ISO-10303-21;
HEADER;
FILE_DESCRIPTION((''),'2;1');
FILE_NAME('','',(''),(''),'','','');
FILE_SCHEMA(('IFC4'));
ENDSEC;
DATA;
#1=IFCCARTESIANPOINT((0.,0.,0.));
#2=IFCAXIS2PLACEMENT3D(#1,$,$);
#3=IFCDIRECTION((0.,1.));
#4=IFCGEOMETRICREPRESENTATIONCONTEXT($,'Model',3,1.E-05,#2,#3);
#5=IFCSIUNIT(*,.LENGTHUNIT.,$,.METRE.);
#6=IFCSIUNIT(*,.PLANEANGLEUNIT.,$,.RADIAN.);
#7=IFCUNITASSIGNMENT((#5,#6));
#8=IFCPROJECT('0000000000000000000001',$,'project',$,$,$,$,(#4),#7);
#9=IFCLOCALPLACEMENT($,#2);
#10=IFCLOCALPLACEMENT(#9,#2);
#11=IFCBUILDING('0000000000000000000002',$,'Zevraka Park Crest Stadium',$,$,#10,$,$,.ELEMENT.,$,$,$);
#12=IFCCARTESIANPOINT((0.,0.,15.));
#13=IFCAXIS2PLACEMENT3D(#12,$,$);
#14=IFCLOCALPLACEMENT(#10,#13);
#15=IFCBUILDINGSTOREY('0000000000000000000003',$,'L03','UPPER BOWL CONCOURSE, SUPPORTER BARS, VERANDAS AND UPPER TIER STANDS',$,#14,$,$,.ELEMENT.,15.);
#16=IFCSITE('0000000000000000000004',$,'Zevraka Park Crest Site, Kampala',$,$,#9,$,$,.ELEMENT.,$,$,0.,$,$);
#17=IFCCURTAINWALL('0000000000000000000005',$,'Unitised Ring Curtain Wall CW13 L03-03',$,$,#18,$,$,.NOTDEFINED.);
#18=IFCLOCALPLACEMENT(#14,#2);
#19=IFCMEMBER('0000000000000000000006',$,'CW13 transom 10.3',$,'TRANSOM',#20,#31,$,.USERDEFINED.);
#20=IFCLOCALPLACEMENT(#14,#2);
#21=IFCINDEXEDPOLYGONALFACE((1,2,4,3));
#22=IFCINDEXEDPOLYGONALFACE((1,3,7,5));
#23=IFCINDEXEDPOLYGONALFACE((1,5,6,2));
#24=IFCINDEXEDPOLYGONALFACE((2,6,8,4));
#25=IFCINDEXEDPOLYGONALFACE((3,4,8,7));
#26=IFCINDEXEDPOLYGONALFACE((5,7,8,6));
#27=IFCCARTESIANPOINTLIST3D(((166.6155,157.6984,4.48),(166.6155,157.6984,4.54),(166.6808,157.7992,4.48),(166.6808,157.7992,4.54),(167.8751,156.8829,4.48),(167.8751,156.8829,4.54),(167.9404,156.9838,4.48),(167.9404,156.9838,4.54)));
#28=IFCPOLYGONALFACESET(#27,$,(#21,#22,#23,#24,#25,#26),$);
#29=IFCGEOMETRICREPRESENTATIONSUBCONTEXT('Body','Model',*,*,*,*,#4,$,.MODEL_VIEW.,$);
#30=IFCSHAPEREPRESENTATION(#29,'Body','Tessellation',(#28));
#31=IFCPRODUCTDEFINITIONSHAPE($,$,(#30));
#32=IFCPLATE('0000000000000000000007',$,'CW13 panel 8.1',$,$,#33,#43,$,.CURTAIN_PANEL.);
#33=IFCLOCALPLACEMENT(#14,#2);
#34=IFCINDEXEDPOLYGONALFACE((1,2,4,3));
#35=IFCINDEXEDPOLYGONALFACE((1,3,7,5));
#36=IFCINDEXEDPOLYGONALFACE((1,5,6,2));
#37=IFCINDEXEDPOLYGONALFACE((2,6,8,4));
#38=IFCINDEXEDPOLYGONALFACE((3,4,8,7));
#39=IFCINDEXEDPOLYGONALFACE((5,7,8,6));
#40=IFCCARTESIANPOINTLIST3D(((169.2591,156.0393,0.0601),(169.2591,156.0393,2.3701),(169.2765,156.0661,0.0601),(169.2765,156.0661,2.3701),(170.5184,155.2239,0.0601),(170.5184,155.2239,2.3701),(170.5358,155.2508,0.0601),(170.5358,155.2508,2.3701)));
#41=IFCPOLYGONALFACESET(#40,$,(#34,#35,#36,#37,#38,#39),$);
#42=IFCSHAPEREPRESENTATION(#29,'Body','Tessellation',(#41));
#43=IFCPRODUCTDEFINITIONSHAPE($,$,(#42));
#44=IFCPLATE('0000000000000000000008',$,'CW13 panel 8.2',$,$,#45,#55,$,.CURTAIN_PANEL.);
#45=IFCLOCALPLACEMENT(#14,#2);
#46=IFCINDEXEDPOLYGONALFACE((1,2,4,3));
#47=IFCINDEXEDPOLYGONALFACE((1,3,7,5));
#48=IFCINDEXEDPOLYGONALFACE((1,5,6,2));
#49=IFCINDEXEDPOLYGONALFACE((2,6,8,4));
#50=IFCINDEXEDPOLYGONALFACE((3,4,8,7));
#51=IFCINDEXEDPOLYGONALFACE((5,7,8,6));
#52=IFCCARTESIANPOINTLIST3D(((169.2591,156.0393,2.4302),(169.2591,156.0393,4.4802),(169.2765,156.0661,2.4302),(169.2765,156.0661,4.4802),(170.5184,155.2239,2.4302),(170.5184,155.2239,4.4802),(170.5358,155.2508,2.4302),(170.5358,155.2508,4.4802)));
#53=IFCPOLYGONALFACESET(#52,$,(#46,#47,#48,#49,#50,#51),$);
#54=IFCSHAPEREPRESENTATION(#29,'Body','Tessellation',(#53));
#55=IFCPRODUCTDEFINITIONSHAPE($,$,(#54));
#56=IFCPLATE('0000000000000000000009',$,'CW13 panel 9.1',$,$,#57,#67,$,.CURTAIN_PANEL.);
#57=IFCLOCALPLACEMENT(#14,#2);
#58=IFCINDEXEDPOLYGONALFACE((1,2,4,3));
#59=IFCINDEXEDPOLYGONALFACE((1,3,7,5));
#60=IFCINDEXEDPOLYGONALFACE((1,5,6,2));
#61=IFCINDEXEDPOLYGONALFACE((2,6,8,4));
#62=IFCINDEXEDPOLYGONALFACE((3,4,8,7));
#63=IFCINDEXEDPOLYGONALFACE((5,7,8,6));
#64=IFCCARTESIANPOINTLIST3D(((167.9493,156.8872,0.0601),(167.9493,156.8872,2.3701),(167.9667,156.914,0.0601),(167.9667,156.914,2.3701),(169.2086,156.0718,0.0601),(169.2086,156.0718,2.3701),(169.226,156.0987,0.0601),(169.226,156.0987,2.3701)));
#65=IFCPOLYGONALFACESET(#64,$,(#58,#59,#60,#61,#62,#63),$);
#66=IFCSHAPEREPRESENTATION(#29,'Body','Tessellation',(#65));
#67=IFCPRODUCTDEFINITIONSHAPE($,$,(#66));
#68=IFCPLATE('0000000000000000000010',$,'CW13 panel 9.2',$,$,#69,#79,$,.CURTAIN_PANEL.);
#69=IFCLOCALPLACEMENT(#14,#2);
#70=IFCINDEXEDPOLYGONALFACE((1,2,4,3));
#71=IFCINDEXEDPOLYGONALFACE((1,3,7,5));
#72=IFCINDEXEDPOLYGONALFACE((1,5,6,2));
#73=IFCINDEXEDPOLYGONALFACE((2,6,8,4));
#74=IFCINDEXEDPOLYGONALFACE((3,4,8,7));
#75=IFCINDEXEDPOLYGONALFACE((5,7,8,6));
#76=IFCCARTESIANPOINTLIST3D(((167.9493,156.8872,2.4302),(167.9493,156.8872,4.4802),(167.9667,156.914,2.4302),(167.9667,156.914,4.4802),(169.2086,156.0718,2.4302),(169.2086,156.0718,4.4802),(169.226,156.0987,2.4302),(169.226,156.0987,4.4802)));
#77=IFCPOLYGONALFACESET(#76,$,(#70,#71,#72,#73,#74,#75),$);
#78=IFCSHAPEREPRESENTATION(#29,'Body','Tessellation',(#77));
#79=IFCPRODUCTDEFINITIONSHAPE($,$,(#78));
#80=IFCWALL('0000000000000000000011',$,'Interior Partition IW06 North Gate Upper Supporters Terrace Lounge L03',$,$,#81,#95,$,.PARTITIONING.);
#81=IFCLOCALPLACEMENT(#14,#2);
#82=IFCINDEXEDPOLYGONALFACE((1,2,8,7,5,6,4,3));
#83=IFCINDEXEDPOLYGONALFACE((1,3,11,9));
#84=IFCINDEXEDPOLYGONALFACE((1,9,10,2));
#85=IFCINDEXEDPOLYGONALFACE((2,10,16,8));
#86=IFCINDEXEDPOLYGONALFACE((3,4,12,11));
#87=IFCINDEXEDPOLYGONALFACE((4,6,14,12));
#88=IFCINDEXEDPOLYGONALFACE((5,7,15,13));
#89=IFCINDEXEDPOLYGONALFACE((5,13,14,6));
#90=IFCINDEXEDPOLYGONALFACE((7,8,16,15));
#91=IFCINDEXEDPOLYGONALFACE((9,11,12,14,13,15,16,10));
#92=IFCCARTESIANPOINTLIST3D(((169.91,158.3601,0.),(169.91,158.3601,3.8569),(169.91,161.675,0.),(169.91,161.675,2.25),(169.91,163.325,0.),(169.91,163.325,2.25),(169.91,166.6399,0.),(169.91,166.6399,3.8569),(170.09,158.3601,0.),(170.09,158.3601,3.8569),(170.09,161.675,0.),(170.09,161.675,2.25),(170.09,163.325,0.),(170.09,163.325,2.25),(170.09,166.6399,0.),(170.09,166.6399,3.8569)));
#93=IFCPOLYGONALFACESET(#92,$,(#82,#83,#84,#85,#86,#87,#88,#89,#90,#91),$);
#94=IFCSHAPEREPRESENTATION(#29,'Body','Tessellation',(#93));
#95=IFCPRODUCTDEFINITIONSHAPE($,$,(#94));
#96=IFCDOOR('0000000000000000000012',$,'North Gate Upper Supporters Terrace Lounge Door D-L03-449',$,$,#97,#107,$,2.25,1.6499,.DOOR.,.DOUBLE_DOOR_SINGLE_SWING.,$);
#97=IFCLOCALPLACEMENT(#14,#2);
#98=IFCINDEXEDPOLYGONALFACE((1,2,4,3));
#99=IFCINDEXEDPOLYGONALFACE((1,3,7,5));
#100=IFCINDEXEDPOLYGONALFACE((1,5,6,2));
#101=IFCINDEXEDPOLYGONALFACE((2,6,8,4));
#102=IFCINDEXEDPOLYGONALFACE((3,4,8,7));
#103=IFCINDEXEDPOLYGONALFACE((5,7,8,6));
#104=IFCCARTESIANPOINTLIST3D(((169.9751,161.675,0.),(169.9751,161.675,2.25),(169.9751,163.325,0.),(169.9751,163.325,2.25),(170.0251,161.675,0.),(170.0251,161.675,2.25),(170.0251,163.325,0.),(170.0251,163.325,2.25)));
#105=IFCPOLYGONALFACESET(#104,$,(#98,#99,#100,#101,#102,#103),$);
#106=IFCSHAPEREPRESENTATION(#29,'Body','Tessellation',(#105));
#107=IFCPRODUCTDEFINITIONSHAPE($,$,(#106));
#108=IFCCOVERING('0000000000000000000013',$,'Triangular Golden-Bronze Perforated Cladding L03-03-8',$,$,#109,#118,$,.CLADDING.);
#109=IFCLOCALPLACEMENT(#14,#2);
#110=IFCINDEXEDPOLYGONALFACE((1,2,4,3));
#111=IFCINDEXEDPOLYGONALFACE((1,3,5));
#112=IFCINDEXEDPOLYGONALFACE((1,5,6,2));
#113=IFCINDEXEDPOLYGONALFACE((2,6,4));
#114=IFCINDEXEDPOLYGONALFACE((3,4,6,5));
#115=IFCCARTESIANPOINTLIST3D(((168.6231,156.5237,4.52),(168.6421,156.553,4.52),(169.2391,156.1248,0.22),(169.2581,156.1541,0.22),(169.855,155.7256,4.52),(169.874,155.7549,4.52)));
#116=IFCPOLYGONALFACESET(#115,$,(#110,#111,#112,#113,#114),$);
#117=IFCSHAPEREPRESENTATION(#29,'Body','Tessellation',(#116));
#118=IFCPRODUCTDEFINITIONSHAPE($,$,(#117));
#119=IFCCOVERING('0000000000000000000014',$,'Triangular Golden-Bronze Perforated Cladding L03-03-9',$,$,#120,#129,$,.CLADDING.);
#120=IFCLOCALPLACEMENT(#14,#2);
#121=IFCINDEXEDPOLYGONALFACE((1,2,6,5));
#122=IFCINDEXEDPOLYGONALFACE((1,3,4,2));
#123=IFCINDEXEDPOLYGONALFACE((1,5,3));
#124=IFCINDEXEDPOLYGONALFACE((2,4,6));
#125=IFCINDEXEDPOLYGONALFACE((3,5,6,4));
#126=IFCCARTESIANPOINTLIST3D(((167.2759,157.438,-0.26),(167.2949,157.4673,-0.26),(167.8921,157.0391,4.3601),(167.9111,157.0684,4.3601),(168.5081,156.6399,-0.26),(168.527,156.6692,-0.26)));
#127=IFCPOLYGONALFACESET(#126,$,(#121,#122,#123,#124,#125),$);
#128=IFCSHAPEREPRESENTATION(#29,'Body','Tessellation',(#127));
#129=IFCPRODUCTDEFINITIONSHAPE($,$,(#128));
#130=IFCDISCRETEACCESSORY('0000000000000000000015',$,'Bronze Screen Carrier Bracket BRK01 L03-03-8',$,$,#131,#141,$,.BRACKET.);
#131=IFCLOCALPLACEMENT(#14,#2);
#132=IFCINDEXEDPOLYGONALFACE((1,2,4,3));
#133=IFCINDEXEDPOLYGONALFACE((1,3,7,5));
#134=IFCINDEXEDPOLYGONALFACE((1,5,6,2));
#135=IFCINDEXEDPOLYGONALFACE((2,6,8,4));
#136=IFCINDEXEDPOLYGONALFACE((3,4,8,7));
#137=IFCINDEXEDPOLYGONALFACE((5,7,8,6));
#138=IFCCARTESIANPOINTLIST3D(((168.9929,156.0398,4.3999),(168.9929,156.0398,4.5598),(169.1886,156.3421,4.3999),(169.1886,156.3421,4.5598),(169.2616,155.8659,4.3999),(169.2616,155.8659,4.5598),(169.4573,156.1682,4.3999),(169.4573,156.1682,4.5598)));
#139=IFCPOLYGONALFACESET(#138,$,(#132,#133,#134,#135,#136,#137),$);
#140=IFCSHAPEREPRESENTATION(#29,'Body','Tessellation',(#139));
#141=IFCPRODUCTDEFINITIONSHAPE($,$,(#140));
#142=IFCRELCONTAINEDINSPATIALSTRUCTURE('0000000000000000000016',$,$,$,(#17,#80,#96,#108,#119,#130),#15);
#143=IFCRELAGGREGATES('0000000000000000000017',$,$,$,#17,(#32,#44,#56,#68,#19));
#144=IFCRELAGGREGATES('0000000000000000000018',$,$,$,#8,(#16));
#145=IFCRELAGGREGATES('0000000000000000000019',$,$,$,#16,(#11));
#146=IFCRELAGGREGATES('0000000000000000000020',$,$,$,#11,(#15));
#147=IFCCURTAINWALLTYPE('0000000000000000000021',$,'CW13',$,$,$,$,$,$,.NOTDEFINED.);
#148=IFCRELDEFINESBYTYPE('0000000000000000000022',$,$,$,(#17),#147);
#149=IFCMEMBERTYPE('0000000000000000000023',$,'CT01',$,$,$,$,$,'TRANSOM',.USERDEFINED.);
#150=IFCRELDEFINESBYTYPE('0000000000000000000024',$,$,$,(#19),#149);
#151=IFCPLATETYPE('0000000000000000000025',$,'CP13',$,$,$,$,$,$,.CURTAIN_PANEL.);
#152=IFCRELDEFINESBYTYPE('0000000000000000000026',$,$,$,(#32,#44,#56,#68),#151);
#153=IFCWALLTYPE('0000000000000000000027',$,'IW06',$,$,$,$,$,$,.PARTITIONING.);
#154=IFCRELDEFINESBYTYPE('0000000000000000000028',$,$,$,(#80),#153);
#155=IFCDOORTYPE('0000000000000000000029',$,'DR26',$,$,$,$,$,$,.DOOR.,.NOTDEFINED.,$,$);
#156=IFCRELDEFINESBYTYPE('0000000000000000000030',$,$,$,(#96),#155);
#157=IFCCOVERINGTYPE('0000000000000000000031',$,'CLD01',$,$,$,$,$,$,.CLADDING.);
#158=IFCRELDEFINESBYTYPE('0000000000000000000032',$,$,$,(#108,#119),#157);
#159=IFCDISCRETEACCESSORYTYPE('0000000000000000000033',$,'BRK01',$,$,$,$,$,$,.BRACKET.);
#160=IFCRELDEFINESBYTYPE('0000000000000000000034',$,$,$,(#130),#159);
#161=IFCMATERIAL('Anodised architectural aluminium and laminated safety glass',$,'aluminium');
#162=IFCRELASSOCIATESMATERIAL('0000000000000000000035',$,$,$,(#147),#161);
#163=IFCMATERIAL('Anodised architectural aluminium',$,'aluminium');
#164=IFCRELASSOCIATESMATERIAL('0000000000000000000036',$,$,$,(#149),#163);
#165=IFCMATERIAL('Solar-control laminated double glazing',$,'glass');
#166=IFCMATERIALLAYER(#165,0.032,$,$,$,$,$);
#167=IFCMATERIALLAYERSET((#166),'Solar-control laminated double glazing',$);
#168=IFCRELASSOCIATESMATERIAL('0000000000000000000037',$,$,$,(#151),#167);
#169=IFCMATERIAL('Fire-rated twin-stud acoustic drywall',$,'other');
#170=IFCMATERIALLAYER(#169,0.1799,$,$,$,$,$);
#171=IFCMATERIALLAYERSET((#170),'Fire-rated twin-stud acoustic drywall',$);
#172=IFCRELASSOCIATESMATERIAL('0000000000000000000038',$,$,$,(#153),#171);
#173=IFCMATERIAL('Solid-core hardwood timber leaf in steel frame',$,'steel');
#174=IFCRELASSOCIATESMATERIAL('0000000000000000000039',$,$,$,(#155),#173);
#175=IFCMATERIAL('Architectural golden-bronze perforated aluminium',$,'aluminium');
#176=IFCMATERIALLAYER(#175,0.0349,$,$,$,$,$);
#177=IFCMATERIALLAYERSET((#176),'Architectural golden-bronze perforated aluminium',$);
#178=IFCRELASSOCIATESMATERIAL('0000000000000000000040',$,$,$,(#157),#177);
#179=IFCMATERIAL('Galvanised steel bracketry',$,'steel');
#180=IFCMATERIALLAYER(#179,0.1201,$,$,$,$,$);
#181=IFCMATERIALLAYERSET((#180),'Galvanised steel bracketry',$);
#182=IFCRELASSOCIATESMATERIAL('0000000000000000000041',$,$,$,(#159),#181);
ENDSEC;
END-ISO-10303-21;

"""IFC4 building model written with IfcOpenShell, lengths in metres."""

from ifc_helpers import new_model, si_unit, direction, frame, frame_2d, origin, origin_2d, place, context, subcontext, project, spatial, polyline, rectangle, outline, extrude, material, layer, layer_set, material_profile, profile_set, type_object, element, fill, aggregate, save


model = new_model("IFC4")

# Units and contexts
model_context = context("Model", 3, precision=1e-05, world=origin(), true_north=direction((0.0, 1.0)))
body_context = subcontext(model_context, "Body", "Model", "MODEL_VIEW")
ifc_project = project(units=[si_unit("LENGTHUNIT", "METRE"), si_unit("PLANEANGLEUNIT", "RADIAN")], contexts=[model_context])

# Site, building, storey
site_placement = place(None, origin())
site = spatial("IfcSite", under=ifc_project, at=site_placement, Name="Zevraka Park Crest Site, Kampala", CompositionType="ELEMENT", RefElevation=0.0)
building_placement = place(site_placement, origin())
building = spatial("IfcBuilding", under=site, at=building_placement, Name="Zevraka Park Crest Stadium", CompositionType="ELEMENT")
storey_placement = place(building_placement, frame((0.0, 0.0, 15.0)))
storey = spatial("IfcBuildingStorey", under=building, at=storey_placement, Name="L03", Description="UPPER BOWL CONCOURSE, SUPPORTER BARS, VERANDAS AND UPPER TIER STANDS", CompositionType="ELEMENT", Elevation=15.0)

# Curtain wall, member, plates
ifc_material_1 = material(Name="Anodised architectural aluminium and laminated safety glass", Category="aluminium")
curtain_wall_type = type_object("IfcCurtainWallType", Name="CW13", PredefinedType="NOTDEFINED", material=ifc_material_1)
curtain_wall_placement = place(storey_placement, origin())
curtain_wall = element("IfcCurtainWall", 1, at=curtain_wall_placement, inside=storey, type_object=curtain_wall_type, Name="Unitised Ring Curtain Wall CW13 L03-03", PredefinedType="NOTDEFINED")
ifc_material_2 = material(Name="Anodised architectural aluminium", Category="aluminium")
ifc_material_profile_1 = material_profile(ifc_material_2, rectangle(XDim=0.1201, YDim=0.0601, at=origin_2d()), Name="ALU TRANSOM 120x60")
ifc_profile_set_1 = profile_set([ifc_material_profile_1], Name="Anodised architectural aluminium")
member_type_1 = type_object("IfcMemberType", Name="CT01", ElementType="TRANSOM", PredefinedType="USERDEFINED", material=ifc_profile_set_1)
member_1_placement = place(storey_placement, frame((167.9077, 156.9333, 4.51), z_axis=(-0.839435, 0.54346, 0.0), x_axis=(-0.54346, -0.839435, 0.0)))
member_1 = element("IfcMember", 2, at=member_1_placement, type_object=member_type_1, Name="CW13 transom 10.3", ObjectType="TRANSOM", PredefinedType="USERDEFINED", context=body_context, shape_type="SweptSolid", body=[
    extrude(rectangle(XDim=0.1201, YDim=0.0601, at=origin_2d()), origin(), (0.0, 0.0, 1.0), 1.5005),
])
ifc_material_3 = material(Name="Solar-control laminated double glazing", Category="glass")
ifc_layer_1 = layer(ifc_material_3, 0.032)
ifc_layer_set_1 = layer_set([ifc_layer_1], Name="Solar-control laminated double glazing")
plate_type = type_object("IfcPlateType", Name="CP13", PredefinedType="CURTAIN_PANEL", material=ifc_layer_set_1)
plate_1_placement = place(storey_placement, frame((169.8975, 155.645, 0.0601), z_axis=(0.0, 0.0, 1.0), x_axis=(-0.839429, 0.543469, 0.0)))
plate_1 = element("IfcPlate", 3, at=plate_1_placement, type_object=plate_type, Name="CW13 panel 8.1", PredefinedType="CURTAIN_PANEL", context=body_context, shape_type="SweptSolid", body=[
    extrude(rectangle(XDim=1.5002, YDim=0.032, at=origin_2d()), origin(), (0.0, 0.0, 1.0), 2.3101),
])
plate_2_placement = place(storey_placement, frame((169.8975, 155.645, 2.4302), z_axis=(0.0, 0.0, 1.0), x_axis=(-0.839429, 0.543469, 0.0)))
plate_2 = element("IfcPlate", 4, at=plate_2_placement, type_object=plate_type, Name="CW13 panel 8.2", PredefinedType="CURTAIN_PANEL", context=body_context, shape_type="SweptSolid", body=[
    extrude(rectangle(XDim=1.5002, YDim=0.032, at=origin_2d()), origin(), (0.0, 0.0, 1.0), 2.05),
])
plate_3_placement = place(storey_placement, frame((168.5876, 156.4929, 0.0601), z_axis=(0.0, 0.0, 1.0), x_axis=(-0.839429, 0.543469, 0.0)))
plate_3 = element("IfcPlate", 5, at=plate_3_placement, type_object=plate_type, Name="CW13 panel 9.1", PredefinedType="CURTAIN_PANEL", context=body_context, shape_type="SweptSolid", body=[
    extrude(rectangle(XDim=1.5002, YDim=0.032, at=origin_2d()), origin(), (0.0, 0.0, 1.0), 2.3101),
])
plate_4_placement = place(storey_placement, frame((168.5876, 156.4929, 2.4302), z_axis=(0.0, 0.0, 1.0), x_axis=(-0.839429, 0.543469, 0.0)))
plate_4 = element("IfcPlate", 6, at=plate_4_placement, type_object=plate_type, Name="CW13 panel 9.2", PredefinedType="CURTAIN_PANEL", context=body_context, shape_type="SweptSolid", body=[
    extrude(rectangle(XDim=1.5002, YDim=0.032, at=origin_2d()), origin(), (0.0, 0.0, 1.0), 2.05),
])
aggregate(curtain_wall, [plate_1, plate_2, plate_3, plate_4, member_1])

# Wall, opening, door
ifc_material_4 = material(Name="Fire-rated twin-stud acoustic drywall", Category="other")
ifc_layer_2 = layer(ifc_material_4, 0.1799)
ifc_layer_set_2 = layer_set([ifc_layer_2], Name="Fire-rated twin-stud acoustic drywall")
wall_type = type_object("IfcWallType", Name="IW06", PredefinedType="PARTITIONING", material=ifc_layer_set_2)
wall_placement = place(storey_placement, frame((170.0, 158.3601, 0.0), z_axis=(0.0, 0.0, 1.0), x_axis=(0.0, 1.0, 0.0)))
wall = element("IfcWall", 7, at=wall_placement, inside=storey, type_object=wall_type, Name="Interior Partition IW06 North Gate Upper Supporters Terrace Lounge L03", PredefinedType="PARTITIONING", context=body_context, shape_type="SweptSolid", body=[
    extrude(rectangle(XDim=8.2798, YDim=0.1799, at=frame_2d((4.1399, 0.0))), origin(), (0.0, 0.0, 1.0), 3.8569),
])
opening_placement = place(wall_placement, frame((3.3149, 0.0, 0.0)))
opening = element("IfcOpeningElement", 8, at=opening_placement, cuts=wall, PredefinedType="OPENING", context=body_context, shape_type="SweptSolid", body=[
    extrude(rectangle(XDim=1.6499, YDim=2.25, at=frame_2d((0.825, 1.125))), frame((0.0, 0.0999, 0.0), z_axis=(0.0, -1.0, 0.0), x_axis=(1.0, 0.0, 0.0)), (0.0, 0.0, 1.0), 0.2),
])
ifc_material_5 = material(Name="Solid-core hardwood timber leaf in steel frame", Category="steel")
door_type = type_object("IfcDoorType", Name="DR26", OperationType="NOTDEFINED", PredefinedType="DOOR", material=ifc_material_5)
door_placement = place(opening_placement, origin())
door = element("IfcDoor", 9, at=door_placement, inside=storey, type_object=door_type, Name="North Gate Upper Supporters Terrace Lounge Door D-L03-449", OperationType="DOUBLE_DOOR_SINGLE_SWING", OverallHeight=2.25, OverallWidth=1.6499, PredefinedType="DOOR", context=body_context, shape_type="SweptSolid", body=[
    extrude(rectangle(XDim=1.6499, YDim=2.25, at=frame_2d((0.825, 1.125))), frame((0.0, 0.0249, 0.0), z_axis=(0.0, -1.0, 0.0), x_axis=(1.0, 0.0, 0.0)), (0.0, 0.0, 1.0), 0.05),
])
fill(opening, door)

# Coverings
ifc_material_6 = material(Name="Architectural golden-bronze perforated aluminium", Category="aluminium")
ifc_layer_3 = layer(ifc_material_6, 0.0349)
ifc_layer_set_3 = layer_set([ifc_layer_3], Name="Architectural golden-bronze perforated aluminium")
covering_type = type_object("IfcCoveringType", Name="CLD01", PredefinedType="CLADDING", material=ifc_layer_set_3)
covering_1_placement = place(storey_placement, frame((168.6421, 156.553, 4.52), z_axis=(0.543713, 0.839271, 0.000024), x_axis=(0.839271, -0.543713, 0.0)))
element("IfcCovering", 10, at=covering_1_placement, inside=storey, type_object=covering_type, Name="Triangular Golden-Bronze Perforated Cladding L03-03-8", PredefinedType="CLADDING", context=body_context, shape_type="SweptSolid", body=[
    extrude(outline(polyline([(0.0, 0.0), (1.4679, 0.0), (0.7339, 4.3), (0.0, 0.0)])), origin(), (0.0, 0.0, -1.0), 0.0349),
])
covering_2_placement = place(storey_placement, frame((168.5081, 156.6399, -0.26), z_axis=(-0.543637, -0.83932, 0.000037), x_axis=(-0.83932, 0.543637, 0.0)))
element("IfcCovering", 11, at=covering_2_placement, inside=storey, type_object=covering_type, Name="Triangular Golden-Bronze Perforated Cladding L03-03-9", PredefinedType="CLADDING", context=body_context, shape_type="SweptSolid", body=[
    extrude(outline(polyline([(0.0, 0.0), (1.4681, 0.0), (0.734, -4.6201), (0.0, 0.0)])), origin(), (0.0, 0.0, -1.0), 0.0349),
])

# Discrete accessory
ifc_material_7 = material(Name="Galvanised steel bracketry", Category="steel")
ifc_layer_4 = layer(ifc_material_7, 0.1201)
ifc_layer_set_4 = layer_set([ifc_layer_4], Name="Galvanised steel bracketry")
discrete_accessory_type = type_object("IfcDiscreteAccessoryType", Name="BRK01", PredefinedType="BRACKET", material=ifc_layer_set_4)
discrete_accessory_placement = place(storey_placement, frame((169.2251, 156.104, 4.3999), z_axis=(0.0, 0.0, 1.0), x_axis=(-0.83943, 0.543467, 0.0)))
element("IfcDiscreteAccessory", 12, at=discrete_accessory_placement, inside=storey, type_object=discrete_accessory_type, Name="Bronze Screen Carrier Bracket BRK01 L03-03-8", PredefinedType="BRACKET", context=body_context, shape_type="SweptSolid", body=[
    extrude(rectangle(XDim=0.3201, YDim=0.3601, at=origin_2d()), origin(), (0.0, 0.0, 1.0), 0.1599),
])

save(model, "model.ifc")
